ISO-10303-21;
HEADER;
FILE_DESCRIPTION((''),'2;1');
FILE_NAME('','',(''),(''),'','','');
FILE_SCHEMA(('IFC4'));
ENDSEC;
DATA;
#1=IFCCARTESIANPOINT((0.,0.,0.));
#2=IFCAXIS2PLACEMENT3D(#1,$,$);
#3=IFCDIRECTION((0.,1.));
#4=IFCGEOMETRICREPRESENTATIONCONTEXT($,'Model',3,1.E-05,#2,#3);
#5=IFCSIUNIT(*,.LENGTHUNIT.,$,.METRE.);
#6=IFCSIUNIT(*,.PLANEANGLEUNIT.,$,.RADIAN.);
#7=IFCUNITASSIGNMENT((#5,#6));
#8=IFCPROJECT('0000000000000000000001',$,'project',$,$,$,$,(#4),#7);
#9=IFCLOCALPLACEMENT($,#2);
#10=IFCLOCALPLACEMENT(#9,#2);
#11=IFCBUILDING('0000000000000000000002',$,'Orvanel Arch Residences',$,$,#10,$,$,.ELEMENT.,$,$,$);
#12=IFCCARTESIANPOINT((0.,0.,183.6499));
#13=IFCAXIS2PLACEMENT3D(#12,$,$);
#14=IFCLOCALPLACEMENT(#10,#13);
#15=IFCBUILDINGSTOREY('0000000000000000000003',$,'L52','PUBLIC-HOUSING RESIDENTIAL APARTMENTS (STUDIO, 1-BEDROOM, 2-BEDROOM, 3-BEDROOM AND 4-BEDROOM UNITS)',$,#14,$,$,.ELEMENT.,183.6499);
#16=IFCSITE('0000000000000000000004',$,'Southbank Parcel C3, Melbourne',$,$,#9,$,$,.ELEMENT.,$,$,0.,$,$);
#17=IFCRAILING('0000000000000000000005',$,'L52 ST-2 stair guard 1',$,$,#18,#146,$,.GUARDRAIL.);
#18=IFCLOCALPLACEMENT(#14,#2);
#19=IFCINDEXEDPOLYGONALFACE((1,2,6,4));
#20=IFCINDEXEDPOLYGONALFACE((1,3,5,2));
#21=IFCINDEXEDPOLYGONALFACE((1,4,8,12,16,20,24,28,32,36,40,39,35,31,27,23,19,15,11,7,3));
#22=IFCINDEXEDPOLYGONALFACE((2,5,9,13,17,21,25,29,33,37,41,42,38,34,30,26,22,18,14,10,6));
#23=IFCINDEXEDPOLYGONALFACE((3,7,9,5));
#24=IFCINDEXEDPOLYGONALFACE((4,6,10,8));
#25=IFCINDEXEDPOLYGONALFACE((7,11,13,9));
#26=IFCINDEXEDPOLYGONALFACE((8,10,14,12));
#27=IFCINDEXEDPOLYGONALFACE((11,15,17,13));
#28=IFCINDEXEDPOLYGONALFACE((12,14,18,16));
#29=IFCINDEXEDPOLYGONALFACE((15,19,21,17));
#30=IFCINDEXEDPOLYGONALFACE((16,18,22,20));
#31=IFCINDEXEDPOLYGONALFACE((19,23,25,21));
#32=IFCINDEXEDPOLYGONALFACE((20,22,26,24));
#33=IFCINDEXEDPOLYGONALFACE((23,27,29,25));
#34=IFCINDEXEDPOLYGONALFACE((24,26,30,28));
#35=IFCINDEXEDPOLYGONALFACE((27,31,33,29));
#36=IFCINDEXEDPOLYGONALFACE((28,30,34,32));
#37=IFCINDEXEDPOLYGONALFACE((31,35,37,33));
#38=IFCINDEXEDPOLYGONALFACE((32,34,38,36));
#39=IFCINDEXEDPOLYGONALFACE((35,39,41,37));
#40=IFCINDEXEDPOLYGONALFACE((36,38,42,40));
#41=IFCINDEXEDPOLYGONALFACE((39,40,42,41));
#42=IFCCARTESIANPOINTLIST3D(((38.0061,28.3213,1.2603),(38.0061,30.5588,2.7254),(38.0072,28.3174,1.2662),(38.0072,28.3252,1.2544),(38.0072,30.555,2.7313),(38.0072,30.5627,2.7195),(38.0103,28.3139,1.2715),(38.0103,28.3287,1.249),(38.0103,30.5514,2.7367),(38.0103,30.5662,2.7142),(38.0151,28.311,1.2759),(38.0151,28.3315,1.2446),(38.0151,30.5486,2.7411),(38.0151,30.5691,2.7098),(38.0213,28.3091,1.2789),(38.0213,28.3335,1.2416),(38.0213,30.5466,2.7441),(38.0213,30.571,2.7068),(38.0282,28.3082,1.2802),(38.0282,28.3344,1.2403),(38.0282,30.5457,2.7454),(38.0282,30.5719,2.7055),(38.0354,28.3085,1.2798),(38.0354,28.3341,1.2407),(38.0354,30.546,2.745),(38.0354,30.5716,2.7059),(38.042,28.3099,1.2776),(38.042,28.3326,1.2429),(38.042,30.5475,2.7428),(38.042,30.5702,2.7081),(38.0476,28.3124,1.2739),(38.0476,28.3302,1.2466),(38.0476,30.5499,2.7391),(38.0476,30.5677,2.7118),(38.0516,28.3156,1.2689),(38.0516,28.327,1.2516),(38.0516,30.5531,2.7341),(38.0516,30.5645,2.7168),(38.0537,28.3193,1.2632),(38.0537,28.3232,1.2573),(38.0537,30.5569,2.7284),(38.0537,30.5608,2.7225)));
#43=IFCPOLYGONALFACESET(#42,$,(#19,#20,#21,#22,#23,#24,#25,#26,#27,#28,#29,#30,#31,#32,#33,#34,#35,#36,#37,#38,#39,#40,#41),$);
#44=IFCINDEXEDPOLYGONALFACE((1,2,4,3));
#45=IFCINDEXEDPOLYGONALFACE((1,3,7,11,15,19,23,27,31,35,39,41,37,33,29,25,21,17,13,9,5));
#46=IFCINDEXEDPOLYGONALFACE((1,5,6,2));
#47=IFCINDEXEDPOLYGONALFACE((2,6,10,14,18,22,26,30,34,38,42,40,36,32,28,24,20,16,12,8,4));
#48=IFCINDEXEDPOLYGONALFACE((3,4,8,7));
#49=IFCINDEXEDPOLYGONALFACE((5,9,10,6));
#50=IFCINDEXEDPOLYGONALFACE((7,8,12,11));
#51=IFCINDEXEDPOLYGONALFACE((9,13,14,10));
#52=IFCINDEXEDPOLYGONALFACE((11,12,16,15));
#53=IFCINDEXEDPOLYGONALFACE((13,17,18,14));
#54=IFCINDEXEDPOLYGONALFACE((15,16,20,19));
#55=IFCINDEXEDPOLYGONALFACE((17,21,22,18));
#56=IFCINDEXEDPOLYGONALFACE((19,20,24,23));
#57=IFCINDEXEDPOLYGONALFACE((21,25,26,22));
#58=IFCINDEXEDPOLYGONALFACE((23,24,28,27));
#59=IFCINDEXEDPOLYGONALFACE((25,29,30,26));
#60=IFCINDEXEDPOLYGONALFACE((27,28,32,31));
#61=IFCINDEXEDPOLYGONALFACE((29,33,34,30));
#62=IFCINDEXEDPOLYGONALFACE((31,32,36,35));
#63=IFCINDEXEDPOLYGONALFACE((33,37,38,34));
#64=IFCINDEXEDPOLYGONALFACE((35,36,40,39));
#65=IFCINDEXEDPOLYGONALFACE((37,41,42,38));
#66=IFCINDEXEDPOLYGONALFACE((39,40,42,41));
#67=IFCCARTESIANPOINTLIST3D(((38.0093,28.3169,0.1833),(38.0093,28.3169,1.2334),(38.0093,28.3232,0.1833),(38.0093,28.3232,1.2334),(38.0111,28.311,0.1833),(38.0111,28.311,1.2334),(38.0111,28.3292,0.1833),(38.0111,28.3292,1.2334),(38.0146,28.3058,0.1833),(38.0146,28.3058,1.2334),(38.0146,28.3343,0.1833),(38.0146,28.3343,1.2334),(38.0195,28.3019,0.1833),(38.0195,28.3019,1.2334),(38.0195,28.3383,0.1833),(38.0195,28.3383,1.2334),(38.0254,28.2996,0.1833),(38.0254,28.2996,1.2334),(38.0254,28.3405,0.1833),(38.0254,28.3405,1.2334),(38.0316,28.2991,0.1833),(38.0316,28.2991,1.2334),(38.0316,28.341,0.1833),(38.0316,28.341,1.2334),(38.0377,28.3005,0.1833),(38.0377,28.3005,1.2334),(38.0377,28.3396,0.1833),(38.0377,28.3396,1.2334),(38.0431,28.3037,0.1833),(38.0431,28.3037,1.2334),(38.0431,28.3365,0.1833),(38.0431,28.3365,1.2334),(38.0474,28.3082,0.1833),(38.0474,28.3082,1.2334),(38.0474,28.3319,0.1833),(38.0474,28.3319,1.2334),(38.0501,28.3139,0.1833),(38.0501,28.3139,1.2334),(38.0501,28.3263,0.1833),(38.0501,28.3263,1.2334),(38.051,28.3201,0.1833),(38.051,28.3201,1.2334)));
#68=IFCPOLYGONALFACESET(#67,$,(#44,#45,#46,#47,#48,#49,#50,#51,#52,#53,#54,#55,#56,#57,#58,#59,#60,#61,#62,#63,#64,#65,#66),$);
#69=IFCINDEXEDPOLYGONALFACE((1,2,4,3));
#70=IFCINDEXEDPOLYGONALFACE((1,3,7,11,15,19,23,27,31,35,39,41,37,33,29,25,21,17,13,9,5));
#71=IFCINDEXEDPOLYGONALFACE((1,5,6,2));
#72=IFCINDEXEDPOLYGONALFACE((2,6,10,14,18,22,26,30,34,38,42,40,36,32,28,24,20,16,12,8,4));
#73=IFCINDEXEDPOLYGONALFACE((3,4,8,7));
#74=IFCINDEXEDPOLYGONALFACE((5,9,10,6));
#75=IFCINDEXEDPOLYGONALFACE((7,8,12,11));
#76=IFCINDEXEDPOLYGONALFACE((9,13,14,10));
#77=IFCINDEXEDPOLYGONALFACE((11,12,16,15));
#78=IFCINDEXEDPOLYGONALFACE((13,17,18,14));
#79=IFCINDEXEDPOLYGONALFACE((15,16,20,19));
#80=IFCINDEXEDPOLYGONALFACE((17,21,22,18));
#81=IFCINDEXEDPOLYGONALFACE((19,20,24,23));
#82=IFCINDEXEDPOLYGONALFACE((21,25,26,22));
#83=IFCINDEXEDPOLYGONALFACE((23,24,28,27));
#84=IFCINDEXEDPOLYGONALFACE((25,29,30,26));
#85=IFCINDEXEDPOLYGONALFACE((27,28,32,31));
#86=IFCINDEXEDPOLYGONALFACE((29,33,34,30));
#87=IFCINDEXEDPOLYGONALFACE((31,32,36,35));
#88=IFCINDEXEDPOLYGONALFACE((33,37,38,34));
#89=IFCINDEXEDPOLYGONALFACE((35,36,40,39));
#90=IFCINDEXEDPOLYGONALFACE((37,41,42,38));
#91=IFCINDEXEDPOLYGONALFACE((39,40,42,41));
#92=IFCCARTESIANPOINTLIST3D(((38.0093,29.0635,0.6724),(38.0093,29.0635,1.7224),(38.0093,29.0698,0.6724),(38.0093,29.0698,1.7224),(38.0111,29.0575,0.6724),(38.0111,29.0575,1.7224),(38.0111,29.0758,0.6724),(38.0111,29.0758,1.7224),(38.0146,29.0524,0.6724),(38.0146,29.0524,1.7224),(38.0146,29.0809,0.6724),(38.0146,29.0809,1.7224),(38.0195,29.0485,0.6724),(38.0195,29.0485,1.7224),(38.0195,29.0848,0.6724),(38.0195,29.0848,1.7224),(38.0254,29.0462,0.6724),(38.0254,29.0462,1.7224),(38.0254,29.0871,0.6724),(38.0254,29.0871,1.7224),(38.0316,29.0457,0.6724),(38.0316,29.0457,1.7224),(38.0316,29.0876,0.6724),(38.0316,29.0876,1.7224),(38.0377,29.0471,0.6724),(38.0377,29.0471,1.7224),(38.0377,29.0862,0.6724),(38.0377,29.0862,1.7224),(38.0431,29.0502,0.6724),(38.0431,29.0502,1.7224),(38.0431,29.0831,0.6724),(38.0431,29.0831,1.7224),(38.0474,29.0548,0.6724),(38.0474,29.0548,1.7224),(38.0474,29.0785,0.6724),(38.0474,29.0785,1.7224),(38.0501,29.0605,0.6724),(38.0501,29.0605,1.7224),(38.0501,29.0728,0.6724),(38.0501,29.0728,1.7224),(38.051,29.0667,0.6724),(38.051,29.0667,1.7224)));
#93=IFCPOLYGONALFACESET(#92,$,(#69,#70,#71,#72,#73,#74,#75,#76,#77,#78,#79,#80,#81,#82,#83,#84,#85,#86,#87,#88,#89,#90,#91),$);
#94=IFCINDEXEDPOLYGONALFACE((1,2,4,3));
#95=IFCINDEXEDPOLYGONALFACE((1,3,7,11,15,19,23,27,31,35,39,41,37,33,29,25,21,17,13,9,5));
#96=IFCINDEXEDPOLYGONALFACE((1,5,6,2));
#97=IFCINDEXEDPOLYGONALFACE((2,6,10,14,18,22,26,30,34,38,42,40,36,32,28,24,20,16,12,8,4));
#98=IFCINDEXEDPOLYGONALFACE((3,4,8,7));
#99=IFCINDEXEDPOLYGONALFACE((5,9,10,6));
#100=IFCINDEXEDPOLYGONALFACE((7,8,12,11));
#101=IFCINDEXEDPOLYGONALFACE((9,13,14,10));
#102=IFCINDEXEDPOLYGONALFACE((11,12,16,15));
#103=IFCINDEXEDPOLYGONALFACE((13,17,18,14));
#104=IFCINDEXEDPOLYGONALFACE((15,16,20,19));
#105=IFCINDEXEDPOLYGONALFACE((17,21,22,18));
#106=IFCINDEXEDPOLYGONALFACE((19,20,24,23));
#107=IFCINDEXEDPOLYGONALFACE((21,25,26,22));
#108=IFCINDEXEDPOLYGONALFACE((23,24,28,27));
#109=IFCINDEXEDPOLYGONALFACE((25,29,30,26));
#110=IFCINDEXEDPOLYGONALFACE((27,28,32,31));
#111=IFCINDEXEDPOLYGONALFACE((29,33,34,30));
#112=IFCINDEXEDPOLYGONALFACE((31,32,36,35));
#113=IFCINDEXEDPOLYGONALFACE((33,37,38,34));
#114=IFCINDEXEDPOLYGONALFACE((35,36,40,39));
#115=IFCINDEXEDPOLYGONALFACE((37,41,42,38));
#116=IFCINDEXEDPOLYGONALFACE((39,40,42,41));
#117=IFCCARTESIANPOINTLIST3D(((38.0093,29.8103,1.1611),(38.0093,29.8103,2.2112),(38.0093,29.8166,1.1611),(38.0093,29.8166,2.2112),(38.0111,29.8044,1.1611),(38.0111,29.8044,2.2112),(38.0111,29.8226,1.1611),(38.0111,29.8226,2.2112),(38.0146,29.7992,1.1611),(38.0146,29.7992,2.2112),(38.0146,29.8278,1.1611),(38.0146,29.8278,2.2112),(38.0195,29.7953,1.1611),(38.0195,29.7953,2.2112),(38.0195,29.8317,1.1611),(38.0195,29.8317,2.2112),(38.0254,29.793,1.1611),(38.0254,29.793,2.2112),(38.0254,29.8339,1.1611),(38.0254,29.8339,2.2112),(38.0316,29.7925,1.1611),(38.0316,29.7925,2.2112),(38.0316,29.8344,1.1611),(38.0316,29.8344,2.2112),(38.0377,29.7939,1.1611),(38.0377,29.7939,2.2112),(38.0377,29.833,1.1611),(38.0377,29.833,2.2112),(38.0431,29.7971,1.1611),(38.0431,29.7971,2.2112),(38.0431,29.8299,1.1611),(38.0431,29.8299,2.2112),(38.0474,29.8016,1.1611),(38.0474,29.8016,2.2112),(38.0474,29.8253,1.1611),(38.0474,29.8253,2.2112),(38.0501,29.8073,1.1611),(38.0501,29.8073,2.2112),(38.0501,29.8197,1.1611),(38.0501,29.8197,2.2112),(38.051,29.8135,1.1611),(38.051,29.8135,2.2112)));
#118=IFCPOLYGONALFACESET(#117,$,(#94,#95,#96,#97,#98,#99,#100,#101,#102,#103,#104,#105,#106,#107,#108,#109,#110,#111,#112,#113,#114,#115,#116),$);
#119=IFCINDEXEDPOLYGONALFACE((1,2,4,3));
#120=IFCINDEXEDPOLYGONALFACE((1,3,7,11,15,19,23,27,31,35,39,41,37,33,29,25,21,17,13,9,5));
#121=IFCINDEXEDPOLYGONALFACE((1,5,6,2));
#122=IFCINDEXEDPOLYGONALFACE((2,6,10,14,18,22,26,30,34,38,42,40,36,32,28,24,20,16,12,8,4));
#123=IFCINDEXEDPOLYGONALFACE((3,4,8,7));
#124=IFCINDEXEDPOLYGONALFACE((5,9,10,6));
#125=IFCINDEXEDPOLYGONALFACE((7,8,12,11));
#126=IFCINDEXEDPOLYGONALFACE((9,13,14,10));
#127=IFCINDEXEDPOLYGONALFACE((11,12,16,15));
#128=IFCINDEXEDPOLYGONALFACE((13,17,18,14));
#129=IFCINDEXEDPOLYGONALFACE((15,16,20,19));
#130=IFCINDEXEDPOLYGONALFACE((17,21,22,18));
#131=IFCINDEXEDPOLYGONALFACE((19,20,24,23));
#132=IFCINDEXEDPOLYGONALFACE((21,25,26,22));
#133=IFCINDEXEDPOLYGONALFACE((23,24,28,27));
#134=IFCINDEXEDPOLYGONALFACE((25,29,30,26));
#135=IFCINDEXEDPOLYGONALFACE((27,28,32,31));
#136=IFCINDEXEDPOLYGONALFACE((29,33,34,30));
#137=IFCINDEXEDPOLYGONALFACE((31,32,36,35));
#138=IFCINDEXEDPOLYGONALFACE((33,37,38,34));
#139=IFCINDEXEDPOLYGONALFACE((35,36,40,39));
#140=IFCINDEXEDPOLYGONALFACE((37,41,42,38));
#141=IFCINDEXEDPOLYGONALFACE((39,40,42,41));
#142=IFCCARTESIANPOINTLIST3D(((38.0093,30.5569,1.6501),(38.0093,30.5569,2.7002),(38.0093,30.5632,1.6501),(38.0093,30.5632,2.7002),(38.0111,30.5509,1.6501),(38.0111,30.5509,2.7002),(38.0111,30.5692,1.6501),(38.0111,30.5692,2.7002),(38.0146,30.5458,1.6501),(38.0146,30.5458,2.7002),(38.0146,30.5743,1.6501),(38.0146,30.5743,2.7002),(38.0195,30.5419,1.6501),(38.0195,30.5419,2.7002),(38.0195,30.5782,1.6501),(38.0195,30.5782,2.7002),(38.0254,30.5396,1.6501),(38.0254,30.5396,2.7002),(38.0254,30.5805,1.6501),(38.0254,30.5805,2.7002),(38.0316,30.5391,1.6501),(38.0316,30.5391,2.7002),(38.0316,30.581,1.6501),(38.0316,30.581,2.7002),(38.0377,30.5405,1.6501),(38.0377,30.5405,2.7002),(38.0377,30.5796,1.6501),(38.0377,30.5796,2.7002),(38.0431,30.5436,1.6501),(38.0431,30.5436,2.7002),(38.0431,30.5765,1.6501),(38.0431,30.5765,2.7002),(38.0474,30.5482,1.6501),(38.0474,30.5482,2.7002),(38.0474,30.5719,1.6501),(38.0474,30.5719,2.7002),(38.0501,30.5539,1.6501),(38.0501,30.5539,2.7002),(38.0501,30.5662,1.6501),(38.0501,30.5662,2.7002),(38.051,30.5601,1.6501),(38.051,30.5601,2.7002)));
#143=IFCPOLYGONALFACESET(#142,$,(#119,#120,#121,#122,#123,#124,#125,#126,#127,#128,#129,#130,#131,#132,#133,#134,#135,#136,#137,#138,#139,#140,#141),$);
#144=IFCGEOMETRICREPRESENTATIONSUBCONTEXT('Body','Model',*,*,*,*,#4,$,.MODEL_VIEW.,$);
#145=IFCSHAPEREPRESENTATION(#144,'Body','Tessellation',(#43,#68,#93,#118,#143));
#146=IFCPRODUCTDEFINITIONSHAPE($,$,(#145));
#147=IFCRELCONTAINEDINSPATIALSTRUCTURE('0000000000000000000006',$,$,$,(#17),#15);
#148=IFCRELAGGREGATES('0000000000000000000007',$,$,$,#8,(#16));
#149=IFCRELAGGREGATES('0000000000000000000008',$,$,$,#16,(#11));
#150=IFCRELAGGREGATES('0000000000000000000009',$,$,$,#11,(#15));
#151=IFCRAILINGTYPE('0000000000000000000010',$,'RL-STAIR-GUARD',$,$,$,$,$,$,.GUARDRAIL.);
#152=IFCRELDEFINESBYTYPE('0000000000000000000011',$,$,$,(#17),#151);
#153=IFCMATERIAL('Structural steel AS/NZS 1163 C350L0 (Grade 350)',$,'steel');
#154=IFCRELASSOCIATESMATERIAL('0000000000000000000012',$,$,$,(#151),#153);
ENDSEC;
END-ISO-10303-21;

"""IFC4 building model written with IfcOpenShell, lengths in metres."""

from ifc_helpers import new_model, si_unit, direction, frame, origin, origin_2d, place, context, subcontext, project, spatial, circle, extrude, material, type_object, element, save


model = new_model("IFC4")

# Units and contexts
model_context = context("Model", 3, precision=1e-05, world=origin(), true_north=direction((0.0, 1.0)))
body_context = subcontext(model_context, "Body", "Model", "MODEL_VIEW")
ifc_project = project(units=[si_unit("LENGTHUNIT", "METRE"), si_unit("PLANEANGLEUNIT", "RADIAN")], contexts=[model_context])

# Site, building, storey
site_placement = place(None, origin())
site = spatial("IfcSite", under=ifc_project, at=site_placement, Name="Southbank Parcel C3, Melbourne", CompositionType="ELEMENT", RefElevation=0.0)
building_placement = place(site_placement, origin())
building = spatial("IfcBuilding", under=site, at=building_placement, Name="Orvanel Arch Residences", CompositionType="ELEMENT")
storey_placement = place(building_placement, frame((0.0, 0.0, 183.6499)))
storey = spatial("IfcBuildingStorey", under=building, at=storey_placement, Name="L52", Description="PUBLIC-HOUSING RESIDENTIAL APARTMENTS (STUDIO, 1-BEDROOM, 2-BEDROOM, 3-BEDROOM AND 4-BEDROOM UNITS)", CompositionType="ELEMENT", Elevation=183.6499)

# Railing
ifc_material_1 = material(Name="Structural steel AS/NZS 1163 C350L0 (Grade 350)", Category="steel")
railing_type_1 = type_object("IfcRailingType", Name="RL-STAIR-GUARD", PredefinedType="GUARDRAIL", material=ifc_material_1)
railing_1_placement = place(storey_placement, frame((38.03, 28.3201, 0.1833)))
element("IfcRailing", 1, at=railing_1_placement, inside=storey, type_object=railing_type_1, Name="L52 ST-2 stair guard 1", PredefinedType="GUARDRAIL", context=body_context, shape_type="SweptSolid", body=[
    extrude(circle(Radius=0.0239, at=origin_2d()), frame((0.0, 0.0012, 1.0769), z_axis=(0.0, 0.836595, 0.547822), x_axis=(-1.0, 0.0, 0.0)), (0.0, 0.0, 1.0), 2.6746),
    extrude(circle(Radius=0.021, at=origin_2d()), origin(), (0.0, 0.0, 1.0), 1.05),
    extrude(circle(Radius=0.021, at=origin_2d()), frame((0.0, 0.7466, 0.489)), (0.0, 0.0, 1.0), 1.05),
    extrude(circle(Radius=0.021, at=origin_2d()), frame((0.0, 1.4934, 0.9778)), (0.0, 0.0, 1.0), 1.05),
    extrude(circle(Radius=0.021, at=origin_2d()), frame((0.0, 2.24, 1.4668)), (0.0, 0.0, 1.0), 1.05),
])

save(model, "model.ifc")
